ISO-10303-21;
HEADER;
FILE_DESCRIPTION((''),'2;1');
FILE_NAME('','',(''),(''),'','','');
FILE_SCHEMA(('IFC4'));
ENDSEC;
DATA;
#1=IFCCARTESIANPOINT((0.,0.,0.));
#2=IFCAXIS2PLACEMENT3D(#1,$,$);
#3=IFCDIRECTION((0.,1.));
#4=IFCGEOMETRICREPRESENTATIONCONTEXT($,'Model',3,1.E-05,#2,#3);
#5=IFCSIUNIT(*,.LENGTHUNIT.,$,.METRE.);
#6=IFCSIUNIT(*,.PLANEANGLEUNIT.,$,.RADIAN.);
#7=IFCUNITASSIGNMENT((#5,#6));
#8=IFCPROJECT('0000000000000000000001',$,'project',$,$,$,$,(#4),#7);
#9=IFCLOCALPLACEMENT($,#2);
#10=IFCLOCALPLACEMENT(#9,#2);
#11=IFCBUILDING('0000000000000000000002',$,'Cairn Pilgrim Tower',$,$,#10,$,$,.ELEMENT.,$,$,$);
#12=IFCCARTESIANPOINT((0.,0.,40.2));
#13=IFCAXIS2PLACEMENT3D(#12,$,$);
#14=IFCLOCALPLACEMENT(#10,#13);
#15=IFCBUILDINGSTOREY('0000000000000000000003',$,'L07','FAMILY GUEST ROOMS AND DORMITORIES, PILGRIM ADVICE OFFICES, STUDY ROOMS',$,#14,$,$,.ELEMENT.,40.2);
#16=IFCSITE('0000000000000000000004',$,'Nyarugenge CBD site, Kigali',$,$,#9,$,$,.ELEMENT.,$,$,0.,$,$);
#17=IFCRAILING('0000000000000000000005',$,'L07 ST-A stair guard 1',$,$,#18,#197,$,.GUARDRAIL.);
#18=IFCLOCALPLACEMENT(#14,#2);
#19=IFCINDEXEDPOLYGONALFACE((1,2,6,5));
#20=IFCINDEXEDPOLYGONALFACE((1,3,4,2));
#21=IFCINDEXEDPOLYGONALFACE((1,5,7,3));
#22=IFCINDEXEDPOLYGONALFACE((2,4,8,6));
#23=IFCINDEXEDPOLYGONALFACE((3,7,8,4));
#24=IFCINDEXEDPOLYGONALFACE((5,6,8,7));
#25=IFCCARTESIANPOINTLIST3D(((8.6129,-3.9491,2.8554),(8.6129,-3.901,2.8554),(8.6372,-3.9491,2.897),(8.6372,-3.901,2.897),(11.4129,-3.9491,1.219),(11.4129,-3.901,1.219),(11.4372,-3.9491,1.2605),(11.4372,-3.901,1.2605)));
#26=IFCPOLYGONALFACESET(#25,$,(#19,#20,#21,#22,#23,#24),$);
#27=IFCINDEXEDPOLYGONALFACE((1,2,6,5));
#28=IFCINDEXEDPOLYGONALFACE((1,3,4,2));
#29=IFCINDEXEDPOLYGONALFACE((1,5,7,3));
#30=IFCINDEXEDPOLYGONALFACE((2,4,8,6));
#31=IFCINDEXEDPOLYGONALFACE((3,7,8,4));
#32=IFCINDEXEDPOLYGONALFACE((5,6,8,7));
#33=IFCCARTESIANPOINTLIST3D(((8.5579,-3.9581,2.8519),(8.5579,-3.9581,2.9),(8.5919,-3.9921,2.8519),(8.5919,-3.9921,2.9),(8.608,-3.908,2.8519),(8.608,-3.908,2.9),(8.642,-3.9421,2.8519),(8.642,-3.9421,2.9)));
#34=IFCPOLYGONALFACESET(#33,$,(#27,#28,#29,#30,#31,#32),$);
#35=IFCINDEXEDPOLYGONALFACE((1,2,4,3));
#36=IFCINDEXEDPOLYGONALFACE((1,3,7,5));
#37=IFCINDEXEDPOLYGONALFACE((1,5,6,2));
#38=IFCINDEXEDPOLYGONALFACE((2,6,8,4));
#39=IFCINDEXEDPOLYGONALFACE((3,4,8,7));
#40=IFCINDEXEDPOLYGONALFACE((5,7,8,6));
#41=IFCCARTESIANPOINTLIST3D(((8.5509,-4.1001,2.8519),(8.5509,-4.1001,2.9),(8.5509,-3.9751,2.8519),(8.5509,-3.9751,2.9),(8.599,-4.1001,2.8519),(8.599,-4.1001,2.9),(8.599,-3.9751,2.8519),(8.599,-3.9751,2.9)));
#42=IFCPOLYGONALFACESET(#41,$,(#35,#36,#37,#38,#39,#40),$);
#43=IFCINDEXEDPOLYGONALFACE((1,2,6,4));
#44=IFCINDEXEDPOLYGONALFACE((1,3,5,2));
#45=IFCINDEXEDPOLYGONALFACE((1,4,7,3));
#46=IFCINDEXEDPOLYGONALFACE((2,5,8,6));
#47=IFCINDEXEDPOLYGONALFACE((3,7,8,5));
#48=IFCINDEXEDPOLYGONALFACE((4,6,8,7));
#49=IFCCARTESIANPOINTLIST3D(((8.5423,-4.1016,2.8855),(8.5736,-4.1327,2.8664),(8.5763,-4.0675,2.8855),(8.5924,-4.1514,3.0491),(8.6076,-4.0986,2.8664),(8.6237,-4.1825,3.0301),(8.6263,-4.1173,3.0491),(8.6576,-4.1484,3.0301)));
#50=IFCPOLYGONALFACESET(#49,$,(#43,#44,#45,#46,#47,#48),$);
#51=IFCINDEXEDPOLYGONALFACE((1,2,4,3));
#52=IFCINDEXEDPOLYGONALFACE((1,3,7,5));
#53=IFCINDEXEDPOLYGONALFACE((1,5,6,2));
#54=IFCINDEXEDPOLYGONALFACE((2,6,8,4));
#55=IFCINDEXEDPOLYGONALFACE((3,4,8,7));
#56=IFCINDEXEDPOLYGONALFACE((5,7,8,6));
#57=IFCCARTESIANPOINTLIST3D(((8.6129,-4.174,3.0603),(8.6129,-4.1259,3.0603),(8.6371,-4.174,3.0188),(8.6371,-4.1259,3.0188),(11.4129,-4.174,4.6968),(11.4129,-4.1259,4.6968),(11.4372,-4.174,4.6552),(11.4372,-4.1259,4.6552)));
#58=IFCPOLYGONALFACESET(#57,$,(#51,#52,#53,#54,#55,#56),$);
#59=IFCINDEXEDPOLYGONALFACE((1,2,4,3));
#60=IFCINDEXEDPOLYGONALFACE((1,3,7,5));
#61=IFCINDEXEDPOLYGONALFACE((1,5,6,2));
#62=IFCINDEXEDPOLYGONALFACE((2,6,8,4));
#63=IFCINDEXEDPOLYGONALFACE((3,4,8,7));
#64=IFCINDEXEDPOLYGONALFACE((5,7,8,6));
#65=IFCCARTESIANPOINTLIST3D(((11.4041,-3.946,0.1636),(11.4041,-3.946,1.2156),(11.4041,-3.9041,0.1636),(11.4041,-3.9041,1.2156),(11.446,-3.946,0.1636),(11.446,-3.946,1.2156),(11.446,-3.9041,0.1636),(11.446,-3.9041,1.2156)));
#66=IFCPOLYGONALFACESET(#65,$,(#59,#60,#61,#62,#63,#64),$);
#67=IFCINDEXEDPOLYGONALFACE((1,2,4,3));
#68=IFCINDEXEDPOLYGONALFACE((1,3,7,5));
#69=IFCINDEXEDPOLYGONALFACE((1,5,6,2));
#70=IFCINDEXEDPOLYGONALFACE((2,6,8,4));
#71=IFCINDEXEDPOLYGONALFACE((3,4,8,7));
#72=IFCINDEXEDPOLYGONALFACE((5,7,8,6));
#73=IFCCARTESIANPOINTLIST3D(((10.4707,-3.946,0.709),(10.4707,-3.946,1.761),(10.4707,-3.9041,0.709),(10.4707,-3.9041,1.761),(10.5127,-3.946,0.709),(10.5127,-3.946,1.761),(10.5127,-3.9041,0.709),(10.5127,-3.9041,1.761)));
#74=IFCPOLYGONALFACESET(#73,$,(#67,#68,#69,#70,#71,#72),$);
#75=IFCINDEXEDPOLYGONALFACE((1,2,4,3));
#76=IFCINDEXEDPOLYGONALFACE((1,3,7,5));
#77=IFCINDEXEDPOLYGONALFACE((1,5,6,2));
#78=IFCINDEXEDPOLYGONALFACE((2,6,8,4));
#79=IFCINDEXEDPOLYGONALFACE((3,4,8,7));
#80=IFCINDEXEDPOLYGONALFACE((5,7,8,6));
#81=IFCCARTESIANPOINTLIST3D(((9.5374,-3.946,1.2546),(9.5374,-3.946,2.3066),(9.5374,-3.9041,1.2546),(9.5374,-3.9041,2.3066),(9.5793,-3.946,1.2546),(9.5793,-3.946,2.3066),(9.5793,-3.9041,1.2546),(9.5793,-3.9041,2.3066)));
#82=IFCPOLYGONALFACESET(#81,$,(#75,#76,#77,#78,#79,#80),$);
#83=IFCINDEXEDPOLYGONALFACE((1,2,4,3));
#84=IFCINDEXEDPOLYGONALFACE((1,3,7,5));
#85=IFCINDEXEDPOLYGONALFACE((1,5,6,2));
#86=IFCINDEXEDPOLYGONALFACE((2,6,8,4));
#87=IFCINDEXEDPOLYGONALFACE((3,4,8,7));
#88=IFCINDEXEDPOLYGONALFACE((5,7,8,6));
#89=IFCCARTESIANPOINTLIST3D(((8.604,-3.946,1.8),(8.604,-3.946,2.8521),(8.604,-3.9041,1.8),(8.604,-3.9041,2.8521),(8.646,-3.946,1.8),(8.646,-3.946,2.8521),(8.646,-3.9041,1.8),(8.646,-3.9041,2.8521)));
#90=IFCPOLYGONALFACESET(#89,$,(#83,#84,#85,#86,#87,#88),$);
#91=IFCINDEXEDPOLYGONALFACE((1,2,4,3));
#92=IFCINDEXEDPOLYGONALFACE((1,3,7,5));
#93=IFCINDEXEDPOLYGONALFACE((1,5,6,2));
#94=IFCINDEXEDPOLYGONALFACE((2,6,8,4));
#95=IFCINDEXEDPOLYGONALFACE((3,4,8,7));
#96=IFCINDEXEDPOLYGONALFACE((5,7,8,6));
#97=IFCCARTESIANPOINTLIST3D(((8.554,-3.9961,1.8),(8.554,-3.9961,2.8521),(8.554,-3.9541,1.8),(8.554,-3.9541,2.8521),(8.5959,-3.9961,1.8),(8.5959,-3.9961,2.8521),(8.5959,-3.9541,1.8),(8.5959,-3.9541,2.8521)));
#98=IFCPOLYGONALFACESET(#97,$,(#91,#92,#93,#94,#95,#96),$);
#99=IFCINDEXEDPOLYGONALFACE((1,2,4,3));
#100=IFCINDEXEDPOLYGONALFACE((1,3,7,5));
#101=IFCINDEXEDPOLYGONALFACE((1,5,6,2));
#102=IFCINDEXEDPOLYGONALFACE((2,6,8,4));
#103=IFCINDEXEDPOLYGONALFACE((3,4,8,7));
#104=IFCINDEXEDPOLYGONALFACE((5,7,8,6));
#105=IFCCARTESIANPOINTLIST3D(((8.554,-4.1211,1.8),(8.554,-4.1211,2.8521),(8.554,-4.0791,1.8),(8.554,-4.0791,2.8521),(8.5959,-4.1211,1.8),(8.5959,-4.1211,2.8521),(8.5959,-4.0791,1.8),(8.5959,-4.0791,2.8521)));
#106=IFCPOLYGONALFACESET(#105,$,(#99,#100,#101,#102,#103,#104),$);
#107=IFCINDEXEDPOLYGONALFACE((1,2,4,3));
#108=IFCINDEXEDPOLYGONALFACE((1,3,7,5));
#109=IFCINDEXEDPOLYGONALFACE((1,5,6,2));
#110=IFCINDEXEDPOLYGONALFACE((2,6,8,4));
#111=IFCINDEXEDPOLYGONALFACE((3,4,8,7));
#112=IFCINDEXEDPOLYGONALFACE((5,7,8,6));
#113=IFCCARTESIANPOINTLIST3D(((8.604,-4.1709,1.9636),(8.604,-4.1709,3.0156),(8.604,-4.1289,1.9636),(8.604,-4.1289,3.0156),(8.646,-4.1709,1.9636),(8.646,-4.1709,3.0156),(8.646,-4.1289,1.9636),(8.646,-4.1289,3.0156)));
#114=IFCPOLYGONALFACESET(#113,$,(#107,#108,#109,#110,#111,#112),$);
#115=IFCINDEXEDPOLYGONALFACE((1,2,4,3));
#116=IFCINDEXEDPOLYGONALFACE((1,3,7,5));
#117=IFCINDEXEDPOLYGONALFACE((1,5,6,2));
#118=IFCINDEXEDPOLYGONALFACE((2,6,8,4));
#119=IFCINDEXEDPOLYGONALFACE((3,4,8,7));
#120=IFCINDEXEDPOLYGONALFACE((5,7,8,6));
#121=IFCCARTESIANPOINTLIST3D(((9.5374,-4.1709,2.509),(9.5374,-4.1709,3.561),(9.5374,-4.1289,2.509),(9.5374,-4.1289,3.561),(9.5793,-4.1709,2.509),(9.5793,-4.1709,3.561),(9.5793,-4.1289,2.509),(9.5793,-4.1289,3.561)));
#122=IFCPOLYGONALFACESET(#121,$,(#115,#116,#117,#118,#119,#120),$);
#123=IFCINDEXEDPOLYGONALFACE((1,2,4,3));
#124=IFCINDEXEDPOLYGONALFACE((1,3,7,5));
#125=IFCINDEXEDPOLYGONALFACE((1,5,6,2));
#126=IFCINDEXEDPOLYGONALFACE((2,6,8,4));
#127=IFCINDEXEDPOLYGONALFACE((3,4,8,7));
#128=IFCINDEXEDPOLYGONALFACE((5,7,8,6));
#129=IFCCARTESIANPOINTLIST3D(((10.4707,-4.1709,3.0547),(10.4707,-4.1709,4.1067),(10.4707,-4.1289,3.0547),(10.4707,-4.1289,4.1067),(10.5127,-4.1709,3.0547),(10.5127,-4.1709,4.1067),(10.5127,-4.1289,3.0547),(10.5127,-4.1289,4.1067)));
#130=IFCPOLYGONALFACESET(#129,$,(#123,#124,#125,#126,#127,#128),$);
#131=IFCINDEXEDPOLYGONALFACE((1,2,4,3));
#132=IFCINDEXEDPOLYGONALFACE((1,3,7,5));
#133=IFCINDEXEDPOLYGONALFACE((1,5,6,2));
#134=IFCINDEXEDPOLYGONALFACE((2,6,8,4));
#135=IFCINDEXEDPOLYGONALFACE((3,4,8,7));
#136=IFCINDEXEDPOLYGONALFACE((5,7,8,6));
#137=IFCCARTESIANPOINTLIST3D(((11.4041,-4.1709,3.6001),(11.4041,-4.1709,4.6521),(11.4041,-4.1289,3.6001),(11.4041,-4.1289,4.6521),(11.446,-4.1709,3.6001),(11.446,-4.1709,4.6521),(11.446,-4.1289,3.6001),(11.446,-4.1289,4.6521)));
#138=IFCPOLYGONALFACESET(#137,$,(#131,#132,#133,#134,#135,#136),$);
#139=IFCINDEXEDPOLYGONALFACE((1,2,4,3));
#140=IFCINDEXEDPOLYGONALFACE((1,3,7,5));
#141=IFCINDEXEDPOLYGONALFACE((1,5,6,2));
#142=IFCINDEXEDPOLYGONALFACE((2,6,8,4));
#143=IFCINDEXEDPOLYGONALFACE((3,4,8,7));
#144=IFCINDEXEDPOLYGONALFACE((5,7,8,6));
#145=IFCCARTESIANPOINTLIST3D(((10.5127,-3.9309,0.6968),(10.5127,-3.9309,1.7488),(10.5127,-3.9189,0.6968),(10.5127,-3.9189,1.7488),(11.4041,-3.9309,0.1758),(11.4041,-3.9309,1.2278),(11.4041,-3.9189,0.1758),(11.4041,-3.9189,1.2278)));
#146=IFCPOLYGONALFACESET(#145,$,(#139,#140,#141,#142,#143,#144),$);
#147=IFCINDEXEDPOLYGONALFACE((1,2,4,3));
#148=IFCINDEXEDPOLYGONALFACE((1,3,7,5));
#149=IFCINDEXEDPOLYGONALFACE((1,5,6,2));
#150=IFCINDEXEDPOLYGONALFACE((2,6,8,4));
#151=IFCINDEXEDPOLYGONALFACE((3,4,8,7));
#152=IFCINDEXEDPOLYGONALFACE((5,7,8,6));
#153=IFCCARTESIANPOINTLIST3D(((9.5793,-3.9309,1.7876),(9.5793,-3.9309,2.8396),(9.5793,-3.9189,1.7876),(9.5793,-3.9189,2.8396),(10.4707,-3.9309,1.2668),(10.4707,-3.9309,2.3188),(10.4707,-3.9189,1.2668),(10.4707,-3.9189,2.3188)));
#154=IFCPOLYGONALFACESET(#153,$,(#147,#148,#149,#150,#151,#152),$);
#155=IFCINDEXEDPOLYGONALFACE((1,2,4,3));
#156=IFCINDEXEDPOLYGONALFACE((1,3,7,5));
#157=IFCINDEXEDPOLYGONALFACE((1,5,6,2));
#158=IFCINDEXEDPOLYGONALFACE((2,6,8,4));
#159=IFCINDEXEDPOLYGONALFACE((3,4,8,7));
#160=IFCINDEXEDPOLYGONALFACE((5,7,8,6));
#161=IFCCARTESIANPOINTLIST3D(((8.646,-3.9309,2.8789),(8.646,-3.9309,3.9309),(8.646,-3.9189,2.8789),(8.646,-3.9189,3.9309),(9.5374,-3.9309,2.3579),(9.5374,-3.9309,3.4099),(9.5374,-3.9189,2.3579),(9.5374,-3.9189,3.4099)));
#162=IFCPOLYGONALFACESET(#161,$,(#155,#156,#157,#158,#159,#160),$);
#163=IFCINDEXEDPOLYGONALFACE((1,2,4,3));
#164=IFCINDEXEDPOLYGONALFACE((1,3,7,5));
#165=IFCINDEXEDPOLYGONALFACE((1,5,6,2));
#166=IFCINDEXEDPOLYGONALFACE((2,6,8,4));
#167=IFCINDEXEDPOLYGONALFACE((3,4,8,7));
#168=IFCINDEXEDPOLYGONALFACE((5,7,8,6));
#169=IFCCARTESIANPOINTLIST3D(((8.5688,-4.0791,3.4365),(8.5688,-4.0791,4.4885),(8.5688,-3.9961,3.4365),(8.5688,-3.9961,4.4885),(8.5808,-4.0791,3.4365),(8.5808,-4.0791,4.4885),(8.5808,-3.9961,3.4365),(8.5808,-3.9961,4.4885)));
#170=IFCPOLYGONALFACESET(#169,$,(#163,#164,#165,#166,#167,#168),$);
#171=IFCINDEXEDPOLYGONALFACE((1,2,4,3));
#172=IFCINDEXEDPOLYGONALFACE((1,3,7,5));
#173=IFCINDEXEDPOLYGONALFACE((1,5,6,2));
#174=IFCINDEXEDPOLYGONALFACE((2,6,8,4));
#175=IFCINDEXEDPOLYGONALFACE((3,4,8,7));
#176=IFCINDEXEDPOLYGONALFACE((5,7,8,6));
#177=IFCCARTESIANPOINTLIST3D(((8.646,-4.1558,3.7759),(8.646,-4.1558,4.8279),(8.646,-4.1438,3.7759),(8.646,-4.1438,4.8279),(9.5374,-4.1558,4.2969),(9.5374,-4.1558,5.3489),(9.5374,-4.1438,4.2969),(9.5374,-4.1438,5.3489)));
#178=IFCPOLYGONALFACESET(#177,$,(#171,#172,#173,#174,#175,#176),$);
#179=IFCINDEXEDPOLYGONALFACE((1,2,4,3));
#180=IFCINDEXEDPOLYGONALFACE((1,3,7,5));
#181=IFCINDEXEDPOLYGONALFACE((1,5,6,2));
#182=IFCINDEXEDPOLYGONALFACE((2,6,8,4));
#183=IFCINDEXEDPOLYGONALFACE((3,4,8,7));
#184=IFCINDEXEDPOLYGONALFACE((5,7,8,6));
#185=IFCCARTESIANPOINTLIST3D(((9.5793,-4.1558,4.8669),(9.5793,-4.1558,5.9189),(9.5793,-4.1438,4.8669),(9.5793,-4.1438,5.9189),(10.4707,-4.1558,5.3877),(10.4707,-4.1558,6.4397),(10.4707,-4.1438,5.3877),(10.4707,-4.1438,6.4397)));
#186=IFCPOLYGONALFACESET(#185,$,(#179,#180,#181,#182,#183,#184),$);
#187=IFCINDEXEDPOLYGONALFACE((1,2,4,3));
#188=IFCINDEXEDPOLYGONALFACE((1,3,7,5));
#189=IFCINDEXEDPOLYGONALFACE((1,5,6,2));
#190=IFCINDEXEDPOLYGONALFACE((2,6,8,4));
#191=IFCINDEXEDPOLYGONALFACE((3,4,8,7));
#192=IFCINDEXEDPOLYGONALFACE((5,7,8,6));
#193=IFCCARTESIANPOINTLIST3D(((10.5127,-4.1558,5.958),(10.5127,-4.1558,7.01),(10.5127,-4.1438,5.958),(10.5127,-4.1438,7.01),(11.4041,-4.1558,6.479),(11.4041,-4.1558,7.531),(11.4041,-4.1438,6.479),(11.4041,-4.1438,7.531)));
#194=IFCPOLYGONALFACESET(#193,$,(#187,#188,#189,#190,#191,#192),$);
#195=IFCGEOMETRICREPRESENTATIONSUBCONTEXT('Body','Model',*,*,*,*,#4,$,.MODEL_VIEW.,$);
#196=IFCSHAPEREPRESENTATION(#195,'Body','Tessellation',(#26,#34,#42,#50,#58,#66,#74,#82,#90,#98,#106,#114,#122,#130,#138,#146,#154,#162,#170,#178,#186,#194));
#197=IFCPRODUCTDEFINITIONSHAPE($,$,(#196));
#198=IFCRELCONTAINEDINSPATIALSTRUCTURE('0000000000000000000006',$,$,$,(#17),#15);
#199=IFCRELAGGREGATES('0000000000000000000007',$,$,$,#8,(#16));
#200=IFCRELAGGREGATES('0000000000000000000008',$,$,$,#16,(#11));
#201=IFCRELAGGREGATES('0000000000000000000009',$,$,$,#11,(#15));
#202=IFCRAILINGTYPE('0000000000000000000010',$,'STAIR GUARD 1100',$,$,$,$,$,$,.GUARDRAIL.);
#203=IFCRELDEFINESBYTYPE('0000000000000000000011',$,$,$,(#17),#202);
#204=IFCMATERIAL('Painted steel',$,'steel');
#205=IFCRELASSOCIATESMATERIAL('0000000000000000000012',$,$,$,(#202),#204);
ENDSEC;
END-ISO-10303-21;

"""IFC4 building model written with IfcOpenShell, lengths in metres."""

from ifc_helpers import new_model, si_unit, direction, frame, origin, origin_2d, place, context, subcontext, project, spatial, polyline, rectangle, outline, extrude, material, type_object, element, save


model = new_model("IFC4")

# Units and contexts
model_context = context("Model", 3, precision=1e-05, world=origin(), true_north=direction((0.0, 1.0)))
body_context = subcontext(model_context, "Body", "Model", "MODEL_VIEW")
ifc_project = project(units=[si_unit("LENGTHUNIT", "METRE"), si_unit("PLANEANGLEUNIT", "RADIAN")], contexts=[model_context])

# Site, building, storey
site_placement = place(None, origin())
site = spatial("IfcSite", under=ifc_project, at=site_placement, Name="Nyarugenge CBD site, Kigali", CompositionType="ELEMENT", RefElevation=0.0)
building_placement = place(site_placement, origin())
building = spatial("IfcBuilding", under=site, at=building_placement, Name="Cairn Pilgrim Tower", CompositionType="ELEMENT")
storey_placement = place(building_placement, frame((0.0, 0.0, 40.2)))
storey = spatial("IfcBuildingStorey", under=building, at=storey_placement, Name="L07", Description="FAMILY GUEST ROOMS AND DORMITORIES, PILGRIM ADVICE OFFICES, STUDY ROOMS", CompositionType="ELEMENT", Elevation=40.2)

# Shared definitions
ifc_material_1 = material(Name="Painted steel", Category="steel")

# Railing
railing_type_1 = type_object("IfcRailingType", Name="STAIR GUARD 1100", PredefinedType="GUARDRAIL", material=ifc_material_1)
railing_1_placement = place(storey_placement, frame((11.425, -3.925, 0.1636)))
element("IfcRailing", 1, at=railing_1_placement, inside=storey, type_object=railing_type_1, Name="L07 ST-A stair guard 1", PredefinedType="GUARDRAIL", context=body_context, shape_type="SweptSolid", body=[
    extrude(rectangle(XDim=0.0481, YDim=0.0481, at=origin_2d()), frame((0.0, 0.0, 1.0762), z_axis=(-0.863361, 0.0, 0.504587), x_axis=(0.0, -1.0, 0.0)), (0.0, 0.0, 1.0), 3.2432),
    extrude(rectangle(XDim=0.0481, YDim=0.0481, at=origin_2d()), frame((-2.8, 0.0, 2.7124), z_axis=(-0.707107, -0.707107, 0.0), x_axis=(0.707107, -0.707107, 0.0)), (0.0, 0.0, 1.0), 0.0708),
    extrude(rectangle(XDim=0.0481, YDim=0.0481, at=origin_2d()), frame((-2.8501, -0.05, 2.7124), z_axis=(0.0, -1.0, 0.0), x_axis=(1.0, 0.0, 0.0)), (0.0, 0.0, 1.0), 0.125),
    extrude(rectangle(XDim=0.0481, YDim=0.0481, at=origin_2d()), frame((-2.8501, -0.175, 2.7124), z_axis=(0.280917, -0.279546, 0.918118), x_axis=(0.705376, 0.708834, 0.0)), (0.0, 0.0, 1.0), 0.1782),
    extrude(rectangle(XDim=0.0481, YDim=0.0481, at=origin_2d()), frame((-2.8, -0.2249, 2.876), z_axis=(0.863361, 0.0, 0.504587), x_axis=(0.0, 1.0, 0.0)), (0.0, 0.0, 1.0), 3.2432),
    extrude(rectangle(XDim=0.042, YDim=0.042, at=origin_2d()), origin(), (0.0, 0.0, 1.0), 1.052),
    extrude(rectangle(XDim=0.042, YDim=0.042, at=origin_2d()), frame((-0.9333, 0.0, 0.5454)), (0.0, 0.0, 1.0), 1.052),
    extrude(rectangle(XDim=0.042, YDim=0.042, at=origin_2d()), frame((-1.8667, 0.0, 1.0911)), (0.0, 0.0, 1.0), 1.052),
    extrude(rectangle(XDim=0.042, YDim=0.042, at=origin_2d()), frame((-2.8, 0.0, 1.6365)), (0.0, 0.0, 1.0), 1.052),
    extrude(rectangle(XDim=0.042, YDim=0.042, at=origin_2d()), frame((-2.8501, -0.05, 1.6365)), (0.0, 0.0, 1.0), 1.052),
    extrude(rectangle(XDim=0.042, YDim=0.042, at=origin_2d()), frame((-2.8501, -0.175, 1.6365)), (0.0, 0.0, 1.0), 1.052),
    extrude(rectangle(XDim=0.042, YDim=0.042, at=origin_2d()), frame((-2.8, -0.2249, 1.8)), (0.0, 0.0, 1.0), 1.052),
    extrude(rectangle(XDim=0.042, YDim=0.042, at=origin_2d()), frame((-1.8667, -0.2249, 2.3455)), (0.0, 0.0, 1.0), 1.052),
    extrude(rectangle(XDim=0.042, YDim=0.042, at=origin_2d()), frame((-0.9333, -0.2249, 2.8911)), (0.0, 0.0, 1.0), 1.052),
    extrude(rectangle(XDim=0.042, YDim=0.042, at=origin_2d()), frame((0.0, -0.2249, 3.4365)), (0.0, 0.0, 1.0), 1.052),
    extrude(outline(polyline([(0.021, 0.0122), (0.9124, 0.5332), (0.9124, 1.5852), (0.021, 1.0642), (0.021, 0.0122)])), frame((0.0, -0.0059, 0.0), z_axis=(0.0, 1.0, 0.0), x_axis=(-1.0, 0.0, 0.0)), (0.0, 0.0, 1.0), 0.012),
    extrude(outline(polyline([(0.021, 0.5579), (0.9124, 1.0786), (0.9124, 2.1306), (0.021, 1.6099), (0.021, 0.5579)])), frame((-0.9333, -0.0059, 0.5454), z_axis=(0.0, 1.0, 0.0), x_axis=(-1.0, 0.0, 0.0)), (0.0, 0.0, 1.0), 0.012),
    extrude(outline(polyline([(0.021, 1.1033), (0.9124, 1.6243), (0.9124, 2.6763), (0.021, 2.1553), (0.021, 1.1033)])), frame((-1.8667, -0.0059, 1.0911), z_axis=(0.0, 1.0, 0.0), x_axis=(-1.0, 0.0, 0.0)), (0.0, 0.0, 1.0), 0.012),
    extrude(outline(polyline([(0.021, 1.6365), (0.104, 1.6365), (0.104, 2.6885), (0.021, 2.6885), (0.021, 1.6365)])), frame((-2.8442, -0.05, 1.6365), z_axis=(-1.0, 0.0, 0.0), x_axis=(0.0, -1.0, 0.0)), (0.0, 0.0, 1.0), 0.012),
    extrude(outline(polyline([(0.021, 1.8123), (0.9124, 2.3333), (0.9124, 3.3853), (0.021, 2.8643), (0.021, 1.8123)])), frame((-2.8, -0.2188, 1.8), z_axis=(0.0, -1.0, 0.0), x_axis=(1.0, 0.0, 0.0)), (0.0, 0.0, 1.0), 0.012),
    extrude(outline(polyline([(0.021, 2.3579), (0.9124, 2.8787), (0.9124, 3.9307), (0.021, 3.4099), (0.021, 2.3579)])), frame((-1.8667, -0.2188, 2.3455), z_axis=(0.0, -1.0, 0.0), x_axis=(1.0, 0.0, 0.0)), (0.0, 0.0, 1.0), 0.012),
    extrude(outline(polyline([(0.021, 2.9033), (0.9124, 3.4243), (0.9124, 4.4763), (0.021, 3.9553), (0.021, 2.9033)])), frame((-0.9333, -0.2188, 2.8911), z_axis=(0.0, -1.0, 0.0), x_axis=(1.0, 0.0, 0.0)), (0.0, 0.0, 1.0), 0.012),
])

save(model, "model.ifc")
